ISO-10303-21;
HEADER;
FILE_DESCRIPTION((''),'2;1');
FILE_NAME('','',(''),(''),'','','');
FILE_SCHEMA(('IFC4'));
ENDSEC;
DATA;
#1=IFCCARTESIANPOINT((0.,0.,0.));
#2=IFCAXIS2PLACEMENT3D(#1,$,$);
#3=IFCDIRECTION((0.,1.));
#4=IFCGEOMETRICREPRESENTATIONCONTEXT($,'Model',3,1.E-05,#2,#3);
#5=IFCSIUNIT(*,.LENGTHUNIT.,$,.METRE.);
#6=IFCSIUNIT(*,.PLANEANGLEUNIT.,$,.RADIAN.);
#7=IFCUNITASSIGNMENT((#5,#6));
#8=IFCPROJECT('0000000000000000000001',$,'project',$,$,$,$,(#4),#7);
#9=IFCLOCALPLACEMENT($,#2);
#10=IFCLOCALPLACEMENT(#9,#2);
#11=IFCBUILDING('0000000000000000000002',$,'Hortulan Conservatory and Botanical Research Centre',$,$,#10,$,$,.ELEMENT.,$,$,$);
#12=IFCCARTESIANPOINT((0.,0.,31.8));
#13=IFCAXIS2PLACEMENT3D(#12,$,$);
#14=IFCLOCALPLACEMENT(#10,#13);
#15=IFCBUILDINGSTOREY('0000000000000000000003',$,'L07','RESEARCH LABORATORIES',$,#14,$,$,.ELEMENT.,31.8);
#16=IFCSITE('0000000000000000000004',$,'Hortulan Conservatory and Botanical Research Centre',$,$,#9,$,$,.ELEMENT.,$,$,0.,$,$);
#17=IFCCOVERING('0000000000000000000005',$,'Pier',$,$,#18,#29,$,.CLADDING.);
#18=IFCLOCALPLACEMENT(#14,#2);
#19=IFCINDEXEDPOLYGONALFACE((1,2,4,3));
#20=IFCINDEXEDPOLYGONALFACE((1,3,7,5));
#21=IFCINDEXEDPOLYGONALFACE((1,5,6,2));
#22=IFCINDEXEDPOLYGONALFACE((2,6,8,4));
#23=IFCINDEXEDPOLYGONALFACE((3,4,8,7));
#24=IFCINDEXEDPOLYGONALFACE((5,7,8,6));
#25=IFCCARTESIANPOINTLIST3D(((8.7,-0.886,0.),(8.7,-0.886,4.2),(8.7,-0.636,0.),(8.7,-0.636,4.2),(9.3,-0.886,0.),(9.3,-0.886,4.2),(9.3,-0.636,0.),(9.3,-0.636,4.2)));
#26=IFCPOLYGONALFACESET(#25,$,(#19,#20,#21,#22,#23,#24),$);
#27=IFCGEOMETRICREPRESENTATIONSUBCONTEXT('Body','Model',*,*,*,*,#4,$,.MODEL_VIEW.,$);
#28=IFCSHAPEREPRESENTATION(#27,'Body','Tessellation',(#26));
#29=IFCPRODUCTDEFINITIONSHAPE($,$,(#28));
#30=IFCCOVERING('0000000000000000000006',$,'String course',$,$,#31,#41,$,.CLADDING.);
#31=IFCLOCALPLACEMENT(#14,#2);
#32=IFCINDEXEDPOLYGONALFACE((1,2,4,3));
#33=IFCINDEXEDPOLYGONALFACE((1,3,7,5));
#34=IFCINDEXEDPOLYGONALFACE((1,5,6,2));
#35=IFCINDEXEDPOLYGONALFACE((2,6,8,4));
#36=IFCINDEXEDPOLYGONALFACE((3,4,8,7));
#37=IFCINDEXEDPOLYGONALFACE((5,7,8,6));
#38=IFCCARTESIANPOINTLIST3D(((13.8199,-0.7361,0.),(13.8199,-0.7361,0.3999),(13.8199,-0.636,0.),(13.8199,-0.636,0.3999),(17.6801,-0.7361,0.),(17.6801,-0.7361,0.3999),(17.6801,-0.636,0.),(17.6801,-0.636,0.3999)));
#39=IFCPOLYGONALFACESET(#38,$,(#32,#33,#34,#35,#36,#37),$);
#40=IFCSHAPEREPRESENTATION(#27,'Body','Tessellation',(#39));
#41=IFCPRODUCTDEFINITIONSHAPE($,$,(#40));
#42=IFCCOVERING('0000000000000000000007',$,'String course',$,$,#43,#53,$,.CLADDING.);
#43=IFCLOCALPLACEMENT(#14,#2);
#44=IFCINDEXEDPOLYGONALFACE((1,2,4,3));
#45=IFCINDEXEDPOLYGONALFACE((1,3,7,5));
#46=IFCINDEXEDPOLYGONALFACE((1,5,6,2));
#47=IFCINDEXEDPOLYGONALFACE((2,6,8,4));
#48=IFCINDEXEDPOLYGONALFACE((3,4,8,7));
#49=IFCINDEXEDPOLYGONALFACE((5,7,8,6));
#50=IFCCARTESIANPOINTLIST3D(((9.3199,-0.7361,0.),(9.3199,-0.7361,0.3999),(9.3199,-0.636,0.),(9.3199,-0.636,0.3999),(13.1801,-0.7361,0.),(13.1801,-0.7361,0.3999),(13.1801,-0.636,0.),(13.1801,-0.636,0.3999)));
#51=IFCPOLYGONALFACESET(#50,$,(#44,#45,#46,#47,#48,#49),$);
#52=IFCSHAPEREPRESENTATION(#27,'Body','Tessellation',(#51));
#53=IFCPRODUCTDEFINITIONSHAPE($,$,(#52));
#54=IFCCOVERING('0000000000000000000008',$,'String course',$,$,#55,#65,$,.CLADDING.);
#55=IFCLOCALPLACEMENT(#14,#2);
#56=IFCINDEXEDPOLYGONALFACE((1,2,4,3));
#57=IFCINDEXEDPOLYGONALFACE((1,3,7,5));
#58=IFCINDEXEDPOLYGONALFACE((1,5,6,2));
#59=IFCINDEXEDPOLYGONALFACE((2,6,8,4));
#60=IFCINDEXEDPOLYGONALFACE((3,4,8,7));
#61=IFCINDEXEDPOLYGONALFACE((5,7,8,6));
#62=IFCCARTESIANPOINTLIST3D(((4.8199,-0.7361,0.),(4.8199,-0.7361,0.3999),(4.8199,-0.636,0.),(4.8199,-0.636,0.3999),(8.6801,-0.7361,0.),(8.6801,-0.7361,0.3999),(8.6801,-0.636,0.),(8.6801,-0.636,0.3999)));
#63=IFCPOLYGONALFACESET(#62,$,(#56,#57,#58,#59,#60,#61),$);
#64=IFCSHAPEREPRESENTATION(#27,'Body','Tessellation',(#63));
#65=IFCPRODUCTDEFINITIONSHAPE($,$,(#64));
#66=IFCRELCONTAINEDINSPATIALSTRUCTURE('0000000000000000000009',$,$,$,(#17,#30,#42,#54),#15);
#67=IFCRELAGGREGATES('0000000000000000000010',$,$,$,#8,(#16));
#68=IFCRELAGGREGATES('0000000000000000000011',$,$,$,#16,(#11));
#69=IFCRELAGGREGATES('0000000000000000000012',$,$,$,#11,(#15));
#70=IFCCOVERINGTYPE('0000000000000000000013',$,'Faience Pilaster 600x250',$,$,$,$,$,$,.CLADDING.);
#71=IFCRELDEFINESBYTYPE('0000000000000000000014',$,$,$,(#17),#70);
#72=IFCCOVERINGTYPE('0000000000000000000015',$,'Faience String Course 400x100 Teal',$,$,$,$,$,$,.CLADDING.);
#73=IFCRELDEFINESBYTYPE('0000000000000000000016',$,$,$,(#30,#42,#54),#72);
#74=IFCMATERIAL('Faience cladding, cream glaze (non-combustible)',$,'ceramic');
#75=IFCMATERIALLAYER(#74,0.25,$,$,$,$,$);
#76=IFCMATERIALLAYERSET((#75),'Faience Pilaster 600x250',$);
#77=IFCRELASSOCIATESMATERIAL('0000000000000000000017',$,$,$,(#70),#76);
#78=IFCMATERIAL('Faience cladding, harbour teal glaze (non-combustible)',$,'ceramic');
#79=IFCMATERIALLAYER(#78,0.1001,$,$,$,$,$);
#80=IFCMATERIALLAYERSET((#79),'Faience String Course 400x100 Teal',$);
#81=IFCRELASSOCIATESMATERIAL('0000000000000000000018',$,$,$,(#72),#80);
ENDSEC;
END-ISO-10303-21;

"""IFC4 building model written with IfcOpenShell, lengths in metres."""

from ifc_helpers import new_model, si_unit, direction, frame, origin, origin_2d, place, context, subcontext, project, spatial, rectangle, extrude, material, layer, layer_set, type_object, element, save


model = new_model("IFC4")

# Units and contexts
model_context = context("Model", 3, precision=1e-05, world=origin(), true_north=direction((0.0, 1.0)))
body_context = subcontext(model_context, "Body", "Model", "MODEL_VIEW")
ifc_project = project(units=[si_unit("LENGTHUNIT", "METRE"), si_unit("PLANEANGLEUNIT", "RADIAN")], contexts=[model_context])

# Site, building, storey
site_placement = place(None, origin())
site = spatial("IfcSite", under=ifc_project, at=site_placement, Name="Hortulan Conservatory and Botanical Research Centre", CompositionType="ELEMENT", RefElevation=0.0)
building_placement = place(site_placement, origin())
building = spatial("IfcBuilding", under=site, at=building_placement, Name="Hortulan Conservatory and Botanical Research Centre", CompositionType="ELEMENT")
storey_placement = place(building_placement, frame((0.0, 0.0, 31.8)))
storey = spatial("IfcBuildingStorey", under=building, at=storey_placement, Name="L07", Description="RESEARCH LABORATORIES", CompositionType="ELEMENT", Elevation=31.8)

# Coverings
ifc_material_1 = material(Name="Faience cladding, harbour teal glaze (non-combustible)", Category="ceramic")
ifc_material_2 = material(Name="Faience cladding, cream glaze (non-combustible)", Category="ceramic")
ifc_layer_1 = layer(ifc_material_2, 0.25)
ifc_layer_set_1 = layer_set([ifc_layer_1], Name="Faience Pilaster 600x250")
covering_type_1 = type_object("IfcCoveringType", Name="Faience Pilaster 600x250", PredefinedType="CLADDING", material=ifc_layer_set_1)
for number, where, z_axis, x_axis, name in (
    (1, (9.0, -0.761, 0.0), (0.0, 0.0, 1.0), (-1.0, 0.0, 0.0), "Pier"),
):
    element("IfcCovering", number, at=place(storey_placement, frame(where, z_axis=z_axis, x_axis=x_axis)), inside=storey, type_object=covering_type_1, Name=name, PredefinedType="CLADDING", context=body_context, shape_type="SweptSolid", body=[
        extrude(rectangle(XDim=0.6001, YDim=0.25, at=origin_2d()), origin(), (0.0, 0.0, 1.0), 4.2),
    ])
ifc_layer_2 = layer(ifc_material_1, 0.1001)
ifc_layer_set_2 = layer_set([ifc_layer_2], Name="Faience String Course 400x100 Teal")
covering_type_2 = type_object("IfcCoveringType", Name="Faience String Course 400x100 Teal", PredefinedType="CLADDING", material=ifc_layer_set_2)
for number, where, z_axis, x_axis, name in (
    (2, (15.75, -0.686, 0.0), (0.0, 0.0, 1.0), (-1.0, 0.0, 0.0), "String course"),
    (3, (11.25, -0.686, 0.0), (0.0, 0.0, 1.0), (-1.0, 0.0, 0.0), "String course"),
    (4, (6.75, -0.686, 0.0), (0.0, 0.0, 1.0), (-1.0, 0.0, 0.0), "String course"),
):
    element("IfcCovering", number, at=place(storey_placement, frame(where, z_axis=z_axis, x_axis=x_axis)), inside=storey, type_object=covering_type_2, Name=name, PredefinedType="CLADDING", context=body_context, shape_type="SweptSolid", body=[
        extrude(rectangle(XDim=3.8601, YDim=0.1001, at=origin_2d()), origin(), (0.0, 0.0, 1.0), 0.3999),
    ])

save(model, "model.ifc")
